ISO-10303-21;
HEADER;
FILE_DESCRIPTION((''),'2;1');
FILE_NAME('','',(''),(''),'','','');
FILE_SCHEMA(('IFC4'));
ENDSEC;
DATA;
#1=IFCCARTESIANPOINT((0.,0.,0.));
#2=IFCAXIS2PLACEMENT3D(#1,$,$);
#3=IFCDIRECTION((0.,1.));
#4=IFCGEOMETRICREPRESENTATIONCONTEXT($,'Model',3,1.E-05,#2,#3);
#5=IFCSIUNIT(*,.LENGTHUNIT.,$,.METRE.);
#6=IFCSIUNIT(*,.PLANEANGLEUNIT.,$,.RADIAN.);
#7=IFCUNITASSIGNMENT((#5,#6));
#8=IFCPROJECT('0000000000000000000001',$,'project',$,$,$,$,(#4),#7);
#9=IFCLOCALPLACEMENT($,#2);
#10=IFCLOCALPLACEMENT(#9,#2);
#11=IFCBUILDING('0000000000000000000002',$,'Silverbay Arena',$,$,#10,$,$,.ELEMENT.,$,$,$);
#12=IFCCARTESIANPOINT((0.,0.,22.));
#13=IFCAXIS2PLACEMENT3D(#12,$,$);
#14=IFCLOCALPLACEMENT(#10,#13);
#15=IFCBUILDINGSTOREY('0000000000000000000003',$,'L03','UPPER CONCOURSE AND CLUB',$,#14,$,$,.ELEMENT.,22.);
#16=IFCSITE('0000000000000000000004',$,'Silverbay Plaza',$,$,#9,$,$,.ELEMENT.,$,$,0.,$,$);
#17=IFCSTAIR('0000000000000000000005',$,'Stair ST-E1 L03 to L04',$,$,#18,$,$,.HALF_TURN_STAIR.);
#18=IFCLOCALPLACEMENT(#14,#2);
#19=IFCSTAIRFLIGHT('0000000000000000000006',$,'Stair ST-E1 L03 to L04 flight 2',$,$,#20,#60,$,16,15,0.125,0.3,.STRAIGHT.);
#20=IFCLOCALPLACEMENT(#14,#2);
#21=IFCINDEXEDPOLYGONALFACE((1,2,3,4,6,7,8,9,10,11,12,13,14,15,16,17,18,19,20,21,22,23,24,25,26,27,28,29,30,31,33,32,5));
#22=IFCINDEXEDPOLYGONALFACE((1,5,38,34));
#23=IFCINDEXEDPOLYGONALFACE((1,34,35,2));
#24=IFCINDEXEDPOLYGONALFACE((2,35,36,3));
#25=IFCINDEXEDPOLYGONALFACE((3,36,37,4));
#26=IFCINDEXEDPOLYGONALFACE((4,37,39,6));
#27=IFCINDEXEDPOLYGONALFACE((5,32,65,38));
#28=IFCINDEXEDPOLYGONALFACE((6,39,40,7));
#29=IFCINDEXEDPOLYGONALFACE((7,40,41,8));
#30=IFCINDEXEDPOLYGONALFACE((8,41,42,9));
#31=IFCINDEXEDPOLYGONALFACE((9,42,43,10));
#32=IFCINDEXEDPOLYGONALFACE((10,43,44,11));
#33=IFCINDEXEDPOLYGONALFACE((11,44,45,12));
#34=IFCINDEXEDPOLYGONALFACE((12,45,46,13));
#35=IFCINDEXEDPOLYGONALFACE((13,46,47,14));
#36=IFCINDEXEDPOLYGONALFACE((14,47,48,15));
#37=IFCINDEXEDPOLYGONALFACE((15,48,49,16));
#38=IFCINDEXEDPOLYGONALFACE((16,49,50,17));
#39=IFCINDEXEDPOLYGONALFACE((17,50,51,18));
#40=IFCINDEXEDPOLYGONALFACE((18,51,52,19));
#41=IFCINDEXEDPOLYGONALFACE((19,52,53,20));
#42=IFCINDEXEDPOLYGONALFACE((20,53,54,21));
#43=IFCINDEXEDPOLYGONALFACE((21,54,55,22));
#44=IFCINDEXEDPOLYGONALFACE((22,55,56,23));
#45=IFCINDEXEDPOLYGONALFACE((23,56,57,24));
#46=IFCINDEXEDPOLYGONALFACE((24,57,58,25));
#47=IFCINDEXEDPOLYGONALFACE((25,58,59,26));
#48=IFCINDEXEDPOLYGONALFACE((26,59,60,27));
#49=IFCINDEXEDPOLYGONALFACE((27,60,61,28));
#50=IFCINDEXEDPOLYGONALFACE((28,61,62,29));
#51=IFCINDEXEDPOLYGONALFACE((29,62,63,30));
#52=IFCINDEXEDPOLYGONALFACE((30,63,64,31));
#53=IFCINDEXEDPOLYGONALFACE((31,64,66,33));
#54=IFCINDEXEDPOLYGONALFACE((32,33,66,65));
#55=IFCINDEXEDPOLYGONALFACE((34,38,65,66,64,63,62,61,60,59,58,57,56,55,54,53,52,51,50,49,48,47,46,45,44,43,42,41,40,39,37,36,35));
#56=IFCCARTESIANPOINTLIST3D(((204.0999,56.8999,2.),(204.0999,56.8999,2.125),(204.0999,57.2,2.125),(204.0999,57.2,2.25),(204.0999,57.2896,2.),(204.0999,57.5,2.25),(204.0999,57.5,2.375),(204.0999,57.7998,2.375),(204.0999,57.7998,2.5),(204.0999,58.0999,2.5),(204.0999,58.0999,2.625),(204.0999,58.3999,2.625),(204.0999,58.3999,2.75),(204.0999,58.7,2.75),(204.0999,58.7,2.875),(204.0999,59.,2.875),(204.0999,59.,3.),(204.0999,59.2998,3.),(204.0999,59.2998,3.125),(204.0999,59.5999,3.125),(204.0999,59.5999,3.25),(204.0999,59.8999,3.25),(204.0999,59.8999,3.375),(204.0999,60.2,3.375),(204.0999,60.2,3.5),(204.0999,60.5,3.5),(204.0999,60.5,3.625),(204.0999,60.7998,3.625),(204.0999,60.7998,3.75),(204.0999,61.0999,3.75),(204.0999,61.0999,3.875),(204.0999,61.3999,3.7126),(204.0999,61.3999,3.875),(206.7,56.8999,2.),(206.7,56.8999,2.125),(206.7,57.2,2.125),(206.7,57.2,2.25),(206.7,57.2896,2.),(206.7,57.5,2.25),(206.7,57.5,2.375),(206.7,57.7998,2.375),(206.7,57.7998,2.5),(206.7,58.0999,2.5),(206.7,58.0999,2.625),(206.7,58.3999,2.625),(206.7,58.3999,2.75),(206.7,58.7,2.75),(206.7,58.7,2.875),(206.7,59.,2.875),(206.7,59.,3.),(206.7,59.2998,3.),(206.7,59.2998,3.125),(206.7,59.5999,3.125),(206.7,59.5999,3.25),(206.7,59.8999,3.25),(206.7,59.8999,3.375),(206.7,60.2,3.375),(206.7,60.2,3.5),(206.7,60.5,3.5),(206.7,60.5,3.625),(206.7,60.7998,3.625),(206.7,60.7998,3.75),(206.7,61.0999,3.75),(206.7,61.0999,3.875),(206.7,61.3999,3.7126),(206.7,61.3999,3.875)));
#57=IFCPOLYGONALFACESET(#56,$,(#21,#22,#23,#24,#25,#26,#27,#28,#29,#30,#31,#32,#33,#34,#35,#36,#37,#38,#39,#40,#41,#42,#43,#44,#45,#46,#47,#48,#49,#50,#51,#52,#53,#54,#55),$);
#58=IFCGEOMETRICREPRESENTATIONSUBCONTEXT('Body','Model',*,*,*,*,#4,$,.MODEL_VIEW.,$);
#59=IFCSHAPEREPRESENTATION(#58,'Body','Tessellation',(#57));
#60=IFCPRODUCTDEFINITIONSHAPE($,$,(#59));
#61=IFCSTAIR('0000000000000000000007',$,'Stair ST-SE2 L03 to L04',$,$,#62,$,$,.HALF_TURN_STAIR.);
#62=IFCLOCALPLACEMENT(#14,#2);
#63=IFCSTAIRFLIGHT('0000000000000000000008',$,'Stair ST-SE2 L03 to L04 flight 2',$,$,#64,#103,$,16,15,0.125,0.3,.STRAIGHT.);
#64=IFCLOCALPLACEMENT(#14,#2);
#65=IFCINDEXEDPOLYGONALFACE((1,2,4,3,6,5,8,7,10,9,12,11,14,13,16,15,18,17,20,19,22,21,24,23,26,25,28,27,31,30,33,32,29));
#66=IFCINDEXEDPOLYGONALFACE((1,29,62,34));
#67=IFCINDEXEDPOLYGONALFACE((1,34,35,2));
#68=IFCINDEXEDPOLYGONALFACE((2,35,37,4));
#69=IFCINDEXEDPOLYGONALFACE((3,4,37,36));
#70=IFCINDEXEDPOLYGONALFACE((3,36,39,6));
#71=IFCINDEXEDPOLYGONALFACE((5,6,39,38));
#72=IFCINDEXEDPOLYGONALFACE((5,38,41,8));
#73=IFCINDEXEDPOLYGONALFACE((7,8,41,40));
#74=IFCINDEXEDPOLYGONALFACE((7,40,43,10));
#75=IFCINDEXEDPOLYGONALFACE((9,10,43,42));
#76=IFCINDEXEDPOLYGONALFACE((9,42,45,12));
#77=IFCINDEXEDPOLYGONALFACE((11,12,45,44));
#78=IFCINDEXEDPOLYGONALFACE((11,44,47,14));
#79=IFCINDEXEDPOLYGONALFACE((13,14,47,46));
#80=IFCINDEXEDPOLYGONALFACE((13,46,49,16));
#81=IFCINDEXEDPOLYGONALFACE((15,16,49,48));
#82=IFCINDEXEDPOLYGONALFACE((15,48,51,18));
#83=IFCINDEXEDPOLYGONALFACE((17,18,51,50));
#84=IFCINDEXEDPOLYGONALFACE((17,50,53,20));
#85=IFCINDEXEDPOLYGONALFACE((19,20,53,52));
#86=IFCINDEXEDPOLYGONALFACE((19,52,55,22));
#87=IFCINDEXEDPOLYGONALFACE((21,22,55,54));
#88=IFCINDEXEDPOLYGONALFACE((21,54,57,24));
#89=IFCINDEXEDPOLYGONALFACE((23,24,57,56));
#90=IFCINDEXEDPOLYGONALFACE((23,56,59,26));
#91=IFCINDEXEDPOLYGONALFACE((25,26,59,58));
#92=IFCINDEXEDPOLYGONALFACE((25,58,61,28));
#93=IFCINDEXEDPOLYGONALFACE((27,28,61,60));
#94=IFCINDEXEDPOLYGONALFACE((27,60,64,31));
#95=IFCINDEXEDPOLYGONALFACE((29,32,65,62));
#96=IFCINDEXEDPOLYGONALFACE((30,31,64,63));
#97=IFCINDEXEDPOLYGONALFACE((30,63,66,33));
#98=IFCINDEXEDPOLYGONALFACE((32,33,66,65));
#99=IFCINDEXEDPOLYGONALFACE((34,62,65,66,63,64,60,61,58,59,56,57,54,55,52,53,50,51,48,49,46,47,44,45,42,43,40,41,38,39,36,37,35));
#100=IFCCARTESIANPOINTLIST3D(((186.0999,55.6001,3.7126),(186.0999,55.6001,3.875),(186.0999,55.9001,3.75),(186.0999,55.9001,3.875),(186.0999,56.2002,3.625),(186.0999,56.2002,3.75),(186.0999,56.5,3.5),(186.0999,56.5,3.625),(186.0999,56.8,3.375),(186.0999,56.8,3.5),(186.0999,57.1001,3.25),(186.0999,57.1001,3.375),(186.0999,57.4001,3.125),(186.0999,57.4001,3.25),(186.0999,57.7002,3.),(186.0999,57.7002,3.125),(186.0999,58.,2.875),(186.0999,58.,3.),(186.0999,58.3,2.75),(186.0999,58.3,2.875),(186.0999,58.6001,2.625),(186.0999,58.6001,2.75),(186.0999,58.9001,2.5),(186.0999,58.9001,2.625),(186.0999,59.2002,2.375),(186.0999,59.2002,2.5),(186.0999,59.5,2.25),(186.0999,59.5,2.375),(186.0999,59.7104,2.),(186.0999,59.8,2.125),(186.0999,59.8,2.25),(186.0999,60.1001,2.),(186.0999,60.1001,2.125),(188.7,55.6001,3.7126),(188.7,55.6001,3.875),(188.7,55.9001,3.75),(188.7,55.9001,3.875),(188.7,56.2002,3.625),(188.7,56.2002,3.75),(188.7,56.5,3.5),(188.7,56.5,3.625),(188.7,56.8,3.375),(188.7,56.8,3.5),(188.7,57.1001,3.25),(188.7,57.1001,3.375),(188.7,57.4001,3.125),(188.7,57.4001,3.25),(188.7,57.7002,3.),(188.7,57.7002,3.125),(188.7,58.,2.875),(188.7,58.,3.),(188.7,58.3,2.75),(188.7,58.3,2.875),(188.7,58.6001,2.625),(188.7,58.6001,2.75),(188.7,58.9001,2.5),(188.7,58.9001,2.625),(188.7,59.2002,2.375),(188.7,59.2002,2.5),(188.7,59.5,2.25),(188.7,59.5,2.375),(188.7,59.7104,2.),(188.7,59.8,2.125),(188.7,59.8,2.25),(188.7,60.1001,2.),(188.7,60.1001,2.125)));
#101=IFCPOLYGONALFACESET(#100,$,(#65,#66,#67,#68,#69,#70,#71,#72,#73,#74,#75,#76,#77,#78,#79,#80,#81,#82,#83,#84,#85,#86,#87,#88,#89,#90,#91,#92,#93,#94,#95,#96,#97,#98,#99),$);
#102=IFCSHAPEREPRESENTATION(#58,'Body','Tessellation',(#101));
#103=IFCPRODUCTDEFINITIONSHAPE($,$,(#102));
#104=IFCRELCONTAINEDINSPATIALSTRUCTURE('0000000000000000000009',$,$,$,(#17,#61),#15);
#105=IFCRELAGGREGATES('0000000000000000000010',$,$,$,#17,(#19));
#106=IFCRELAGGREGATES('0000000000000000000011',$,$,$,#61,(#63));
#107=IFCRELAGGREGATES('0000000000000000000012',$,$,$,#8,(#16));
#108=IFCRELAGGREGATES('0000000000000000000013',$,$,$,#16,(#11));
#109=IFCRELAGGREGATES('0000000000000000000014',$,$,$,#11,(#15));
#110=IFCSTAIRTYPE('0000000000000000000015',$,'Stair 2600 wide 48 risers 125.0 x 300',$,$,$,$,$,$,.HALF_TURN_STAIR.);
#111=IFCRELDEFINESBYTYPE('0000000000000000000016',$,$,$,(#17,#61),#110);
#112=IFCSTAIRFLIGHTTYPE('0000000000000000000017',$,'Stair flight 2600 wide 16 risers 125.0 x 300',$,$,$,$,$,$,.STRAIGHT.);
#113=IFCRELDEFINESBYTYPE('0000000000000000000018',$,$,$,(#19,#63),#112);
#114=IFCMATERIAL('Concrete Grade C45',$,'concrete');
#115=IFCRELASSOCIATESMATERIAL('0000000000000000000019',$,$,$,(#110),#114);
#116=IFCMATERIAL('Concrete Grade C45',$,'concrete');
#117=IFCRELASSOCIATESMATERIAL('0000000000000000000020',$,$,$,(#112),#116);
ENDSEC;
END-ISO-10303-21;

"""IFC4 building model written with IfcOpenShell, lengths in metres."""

from ifc_helpers import new_model, si_unit, direction, frame, origin, place, context, subcontext, project, spatial, polyline, outline, extrude, material, type_object, element, aggregate, save


model = new_model("IFC4")

# Units and contexts
model_context = context("Model", 3, precision=1e-05, world=origin(), true_north=direction((0.0, 1.0)))
body_context = subcontext(model_context, "Body", "Model", "MODEL_VIEW")
ifc_project = project(units=[si_unit("LENGTHUNIT", "METRE"), si_unit("PLANEANGLEUNIT", "RADIAN")], contexts=[model_context])

# Site, building, storey
site_placement = place(None, origin())
site = spatial("IfcSite", under=ifc_project, at=site_placement, Name="Silverbay Plaza", CompositionType="ELEMENT", RefElevation=0.0)
building_placement = place(site_placement, origin())
building = spatial("IfcBuilding", under=site, at=building_placement, Name="Silverbay Arena", CompositionType="ELEMENT")
storey_placement = place(building_placement, frame((0.0, 0.0, 22.0)))
storey = spatial("IfcBuildingStorey", under=building, at=storey_placement, Name="L03", Description="UPPER CONCOURSE AND CLUB", CompositionType="ELEMENT", Elevation=22.0)

# Stairs, stair flights
ifc_material_1 = material(Name="Concrete Grade C45", Category="concrete")
stair_type = type_object("IfcStairType", Name="Stair 2600 wide 48 risers 125.0 x 300", PredefinedType="HALF_TURN_STAIR", material=ifc_material_1)
stair_1_placement = place(storey_placement, origin())
stair_1 = element("IfcStair", 1, at=stair_1_placement, inside=storey, type_object=stair_type, Name="Stair ST-E1 L03 to L04", PredefinedType="HALF_TURN_STAIR")
ifc_material_2 = material(Name="Concrete Grade C45", Category="concrete")
stair_flight_type = type_object("IfcStairFlightType", Name="Stair flight 2600 wide 16 risers 125.0 x 300", PredefinedType="STRAIGHT", material=ifc_material_2)
stair_flight_1_placement = place(storey_placement, frame((205.3999, 56.8999, 2.0), z_axis=(0.0, 0.0, 1.0), x_axis=(0.0, 1.0, 0.0)))
stair_flight_1 = element("IfcStairFlight", 2, at=stair_flight_1_placement, type_object=stair_flight_type, Name="Stair ST-E1 L03 to L04 flight 2", NumberOfRisers=16, NumberOfTreads=15, PredefinedType="STRAIGHT", RiserHeight=0.125, TreadLength=0.3, context=body_context, shape_type="SweptSolid", body=[
    extrude(outline(polyline([(0.0, 0.0), (0.0, 0.125), (0.3, 0.125), (0.3, 0.25), (0.6001, 0.25), (0.6001, 0.375), (0.8999, 0.375), (0.8999, 0.5), (1.2, 0.5), (1.2, 0.625), (1.5, 0.625), (1.5, 0.75), (1.8, 0.75), (1.8, 0.875), (2.1001, 0.875), (2.1001, 1.0), (2.3999, 1.0), (2.3999, 1.125), (2.7, 1.125), (2.7, 1.25), (3.0, 1.25), (3.0, 1.375), (3.3, 1.375), (3.3, 1.5), (3.6001, 1.5), (3.6001, 1.625), (3.8999, 1.625), (3.8999, 1.75), (4.2, 1.75), (4.2, 1.875), (4.5, 1.875), (4.5, 1.7126), (0.3896, 0.0), (0.0, 0.0)])), frame((0.0, 1.3, 0.0), z_axis=(0.0, -1.0, 0.0), x_axis=(1.0, 0.0, 0.0)), (0.0, 0.0, 1.0), 2.6001),
])
aggregate(stair_1, [stair_flight_1])
stair_2_placement = place(storey_placement, origin())
stair_2 = element("IfcStair", 3, at=stair_2_placement, inside=storey, type_object=stair_type, Name="Stair ST-SE2 L03 to L04", PredefinedType="HALF_TURN_STAIR")
stair_flight_2_placement = place(storey_placement, frame((187.3999, 60.1001, 2.0), z_axis=(0.0, 0.0, 1.0), x_axis=(0.0, -1.0, 0.0)))
stair_flight_2 = element("IfcStairFlight", 4, at=stair_flight_2_placement, type_object=stair_flight_type, Name="Stair ST-SE2 L03 to L04 flight 2", NumberOfRisers=16, NumberOfTreads=15, PredefinedType="STRAIGHT", RiserHeight=0.125, TreadLength=0.3, context=body_context, shape_type="SweptSolid", body=[
    extrude(outline(polyline([(0.0, 0.0), (0.0, 0.125), (0.3, 0.125), (0.3, 0.25), (0.6001, 0.25), (0.6001, 0.375), (0.8999, 0.375), (0.8999, 0.5), (1.2, 0.5), (1.2, 0.625), (1.5, 0.625), (1.5, 0.75), (1.8, 0.75), (1.8, 0.875), (2.1001, 0.875), (2.1001, 1.0), (2.3999, 1.0), (2.3999, 1.125), (2.7, 1.125), (2.7, 1.25), (3.0, 1.25), (3.0, 1.375), (3.3, 1.375), (3.3, 1.5), (3.6001, 1.5), (3.6001, 1.625), (3.8999, 1.625), (3.8999, 1.75), (4.2, 1.75), (4.2, 1.875), (4.5, 1.875), (4.5, 1.7126), (0.3896, 0.0), (0.0, 0.0)])), frame((0.0, 1.3, 0.0), z_axis=(0.0, -1.0, 0.0), x_axis=(1.0, 0.0, 0.0)), (0.0, 0.0, 1.0), 2.6001),
])
aggregate(stair_2, [stair_flight_2])

save(model, "model.ifc")
